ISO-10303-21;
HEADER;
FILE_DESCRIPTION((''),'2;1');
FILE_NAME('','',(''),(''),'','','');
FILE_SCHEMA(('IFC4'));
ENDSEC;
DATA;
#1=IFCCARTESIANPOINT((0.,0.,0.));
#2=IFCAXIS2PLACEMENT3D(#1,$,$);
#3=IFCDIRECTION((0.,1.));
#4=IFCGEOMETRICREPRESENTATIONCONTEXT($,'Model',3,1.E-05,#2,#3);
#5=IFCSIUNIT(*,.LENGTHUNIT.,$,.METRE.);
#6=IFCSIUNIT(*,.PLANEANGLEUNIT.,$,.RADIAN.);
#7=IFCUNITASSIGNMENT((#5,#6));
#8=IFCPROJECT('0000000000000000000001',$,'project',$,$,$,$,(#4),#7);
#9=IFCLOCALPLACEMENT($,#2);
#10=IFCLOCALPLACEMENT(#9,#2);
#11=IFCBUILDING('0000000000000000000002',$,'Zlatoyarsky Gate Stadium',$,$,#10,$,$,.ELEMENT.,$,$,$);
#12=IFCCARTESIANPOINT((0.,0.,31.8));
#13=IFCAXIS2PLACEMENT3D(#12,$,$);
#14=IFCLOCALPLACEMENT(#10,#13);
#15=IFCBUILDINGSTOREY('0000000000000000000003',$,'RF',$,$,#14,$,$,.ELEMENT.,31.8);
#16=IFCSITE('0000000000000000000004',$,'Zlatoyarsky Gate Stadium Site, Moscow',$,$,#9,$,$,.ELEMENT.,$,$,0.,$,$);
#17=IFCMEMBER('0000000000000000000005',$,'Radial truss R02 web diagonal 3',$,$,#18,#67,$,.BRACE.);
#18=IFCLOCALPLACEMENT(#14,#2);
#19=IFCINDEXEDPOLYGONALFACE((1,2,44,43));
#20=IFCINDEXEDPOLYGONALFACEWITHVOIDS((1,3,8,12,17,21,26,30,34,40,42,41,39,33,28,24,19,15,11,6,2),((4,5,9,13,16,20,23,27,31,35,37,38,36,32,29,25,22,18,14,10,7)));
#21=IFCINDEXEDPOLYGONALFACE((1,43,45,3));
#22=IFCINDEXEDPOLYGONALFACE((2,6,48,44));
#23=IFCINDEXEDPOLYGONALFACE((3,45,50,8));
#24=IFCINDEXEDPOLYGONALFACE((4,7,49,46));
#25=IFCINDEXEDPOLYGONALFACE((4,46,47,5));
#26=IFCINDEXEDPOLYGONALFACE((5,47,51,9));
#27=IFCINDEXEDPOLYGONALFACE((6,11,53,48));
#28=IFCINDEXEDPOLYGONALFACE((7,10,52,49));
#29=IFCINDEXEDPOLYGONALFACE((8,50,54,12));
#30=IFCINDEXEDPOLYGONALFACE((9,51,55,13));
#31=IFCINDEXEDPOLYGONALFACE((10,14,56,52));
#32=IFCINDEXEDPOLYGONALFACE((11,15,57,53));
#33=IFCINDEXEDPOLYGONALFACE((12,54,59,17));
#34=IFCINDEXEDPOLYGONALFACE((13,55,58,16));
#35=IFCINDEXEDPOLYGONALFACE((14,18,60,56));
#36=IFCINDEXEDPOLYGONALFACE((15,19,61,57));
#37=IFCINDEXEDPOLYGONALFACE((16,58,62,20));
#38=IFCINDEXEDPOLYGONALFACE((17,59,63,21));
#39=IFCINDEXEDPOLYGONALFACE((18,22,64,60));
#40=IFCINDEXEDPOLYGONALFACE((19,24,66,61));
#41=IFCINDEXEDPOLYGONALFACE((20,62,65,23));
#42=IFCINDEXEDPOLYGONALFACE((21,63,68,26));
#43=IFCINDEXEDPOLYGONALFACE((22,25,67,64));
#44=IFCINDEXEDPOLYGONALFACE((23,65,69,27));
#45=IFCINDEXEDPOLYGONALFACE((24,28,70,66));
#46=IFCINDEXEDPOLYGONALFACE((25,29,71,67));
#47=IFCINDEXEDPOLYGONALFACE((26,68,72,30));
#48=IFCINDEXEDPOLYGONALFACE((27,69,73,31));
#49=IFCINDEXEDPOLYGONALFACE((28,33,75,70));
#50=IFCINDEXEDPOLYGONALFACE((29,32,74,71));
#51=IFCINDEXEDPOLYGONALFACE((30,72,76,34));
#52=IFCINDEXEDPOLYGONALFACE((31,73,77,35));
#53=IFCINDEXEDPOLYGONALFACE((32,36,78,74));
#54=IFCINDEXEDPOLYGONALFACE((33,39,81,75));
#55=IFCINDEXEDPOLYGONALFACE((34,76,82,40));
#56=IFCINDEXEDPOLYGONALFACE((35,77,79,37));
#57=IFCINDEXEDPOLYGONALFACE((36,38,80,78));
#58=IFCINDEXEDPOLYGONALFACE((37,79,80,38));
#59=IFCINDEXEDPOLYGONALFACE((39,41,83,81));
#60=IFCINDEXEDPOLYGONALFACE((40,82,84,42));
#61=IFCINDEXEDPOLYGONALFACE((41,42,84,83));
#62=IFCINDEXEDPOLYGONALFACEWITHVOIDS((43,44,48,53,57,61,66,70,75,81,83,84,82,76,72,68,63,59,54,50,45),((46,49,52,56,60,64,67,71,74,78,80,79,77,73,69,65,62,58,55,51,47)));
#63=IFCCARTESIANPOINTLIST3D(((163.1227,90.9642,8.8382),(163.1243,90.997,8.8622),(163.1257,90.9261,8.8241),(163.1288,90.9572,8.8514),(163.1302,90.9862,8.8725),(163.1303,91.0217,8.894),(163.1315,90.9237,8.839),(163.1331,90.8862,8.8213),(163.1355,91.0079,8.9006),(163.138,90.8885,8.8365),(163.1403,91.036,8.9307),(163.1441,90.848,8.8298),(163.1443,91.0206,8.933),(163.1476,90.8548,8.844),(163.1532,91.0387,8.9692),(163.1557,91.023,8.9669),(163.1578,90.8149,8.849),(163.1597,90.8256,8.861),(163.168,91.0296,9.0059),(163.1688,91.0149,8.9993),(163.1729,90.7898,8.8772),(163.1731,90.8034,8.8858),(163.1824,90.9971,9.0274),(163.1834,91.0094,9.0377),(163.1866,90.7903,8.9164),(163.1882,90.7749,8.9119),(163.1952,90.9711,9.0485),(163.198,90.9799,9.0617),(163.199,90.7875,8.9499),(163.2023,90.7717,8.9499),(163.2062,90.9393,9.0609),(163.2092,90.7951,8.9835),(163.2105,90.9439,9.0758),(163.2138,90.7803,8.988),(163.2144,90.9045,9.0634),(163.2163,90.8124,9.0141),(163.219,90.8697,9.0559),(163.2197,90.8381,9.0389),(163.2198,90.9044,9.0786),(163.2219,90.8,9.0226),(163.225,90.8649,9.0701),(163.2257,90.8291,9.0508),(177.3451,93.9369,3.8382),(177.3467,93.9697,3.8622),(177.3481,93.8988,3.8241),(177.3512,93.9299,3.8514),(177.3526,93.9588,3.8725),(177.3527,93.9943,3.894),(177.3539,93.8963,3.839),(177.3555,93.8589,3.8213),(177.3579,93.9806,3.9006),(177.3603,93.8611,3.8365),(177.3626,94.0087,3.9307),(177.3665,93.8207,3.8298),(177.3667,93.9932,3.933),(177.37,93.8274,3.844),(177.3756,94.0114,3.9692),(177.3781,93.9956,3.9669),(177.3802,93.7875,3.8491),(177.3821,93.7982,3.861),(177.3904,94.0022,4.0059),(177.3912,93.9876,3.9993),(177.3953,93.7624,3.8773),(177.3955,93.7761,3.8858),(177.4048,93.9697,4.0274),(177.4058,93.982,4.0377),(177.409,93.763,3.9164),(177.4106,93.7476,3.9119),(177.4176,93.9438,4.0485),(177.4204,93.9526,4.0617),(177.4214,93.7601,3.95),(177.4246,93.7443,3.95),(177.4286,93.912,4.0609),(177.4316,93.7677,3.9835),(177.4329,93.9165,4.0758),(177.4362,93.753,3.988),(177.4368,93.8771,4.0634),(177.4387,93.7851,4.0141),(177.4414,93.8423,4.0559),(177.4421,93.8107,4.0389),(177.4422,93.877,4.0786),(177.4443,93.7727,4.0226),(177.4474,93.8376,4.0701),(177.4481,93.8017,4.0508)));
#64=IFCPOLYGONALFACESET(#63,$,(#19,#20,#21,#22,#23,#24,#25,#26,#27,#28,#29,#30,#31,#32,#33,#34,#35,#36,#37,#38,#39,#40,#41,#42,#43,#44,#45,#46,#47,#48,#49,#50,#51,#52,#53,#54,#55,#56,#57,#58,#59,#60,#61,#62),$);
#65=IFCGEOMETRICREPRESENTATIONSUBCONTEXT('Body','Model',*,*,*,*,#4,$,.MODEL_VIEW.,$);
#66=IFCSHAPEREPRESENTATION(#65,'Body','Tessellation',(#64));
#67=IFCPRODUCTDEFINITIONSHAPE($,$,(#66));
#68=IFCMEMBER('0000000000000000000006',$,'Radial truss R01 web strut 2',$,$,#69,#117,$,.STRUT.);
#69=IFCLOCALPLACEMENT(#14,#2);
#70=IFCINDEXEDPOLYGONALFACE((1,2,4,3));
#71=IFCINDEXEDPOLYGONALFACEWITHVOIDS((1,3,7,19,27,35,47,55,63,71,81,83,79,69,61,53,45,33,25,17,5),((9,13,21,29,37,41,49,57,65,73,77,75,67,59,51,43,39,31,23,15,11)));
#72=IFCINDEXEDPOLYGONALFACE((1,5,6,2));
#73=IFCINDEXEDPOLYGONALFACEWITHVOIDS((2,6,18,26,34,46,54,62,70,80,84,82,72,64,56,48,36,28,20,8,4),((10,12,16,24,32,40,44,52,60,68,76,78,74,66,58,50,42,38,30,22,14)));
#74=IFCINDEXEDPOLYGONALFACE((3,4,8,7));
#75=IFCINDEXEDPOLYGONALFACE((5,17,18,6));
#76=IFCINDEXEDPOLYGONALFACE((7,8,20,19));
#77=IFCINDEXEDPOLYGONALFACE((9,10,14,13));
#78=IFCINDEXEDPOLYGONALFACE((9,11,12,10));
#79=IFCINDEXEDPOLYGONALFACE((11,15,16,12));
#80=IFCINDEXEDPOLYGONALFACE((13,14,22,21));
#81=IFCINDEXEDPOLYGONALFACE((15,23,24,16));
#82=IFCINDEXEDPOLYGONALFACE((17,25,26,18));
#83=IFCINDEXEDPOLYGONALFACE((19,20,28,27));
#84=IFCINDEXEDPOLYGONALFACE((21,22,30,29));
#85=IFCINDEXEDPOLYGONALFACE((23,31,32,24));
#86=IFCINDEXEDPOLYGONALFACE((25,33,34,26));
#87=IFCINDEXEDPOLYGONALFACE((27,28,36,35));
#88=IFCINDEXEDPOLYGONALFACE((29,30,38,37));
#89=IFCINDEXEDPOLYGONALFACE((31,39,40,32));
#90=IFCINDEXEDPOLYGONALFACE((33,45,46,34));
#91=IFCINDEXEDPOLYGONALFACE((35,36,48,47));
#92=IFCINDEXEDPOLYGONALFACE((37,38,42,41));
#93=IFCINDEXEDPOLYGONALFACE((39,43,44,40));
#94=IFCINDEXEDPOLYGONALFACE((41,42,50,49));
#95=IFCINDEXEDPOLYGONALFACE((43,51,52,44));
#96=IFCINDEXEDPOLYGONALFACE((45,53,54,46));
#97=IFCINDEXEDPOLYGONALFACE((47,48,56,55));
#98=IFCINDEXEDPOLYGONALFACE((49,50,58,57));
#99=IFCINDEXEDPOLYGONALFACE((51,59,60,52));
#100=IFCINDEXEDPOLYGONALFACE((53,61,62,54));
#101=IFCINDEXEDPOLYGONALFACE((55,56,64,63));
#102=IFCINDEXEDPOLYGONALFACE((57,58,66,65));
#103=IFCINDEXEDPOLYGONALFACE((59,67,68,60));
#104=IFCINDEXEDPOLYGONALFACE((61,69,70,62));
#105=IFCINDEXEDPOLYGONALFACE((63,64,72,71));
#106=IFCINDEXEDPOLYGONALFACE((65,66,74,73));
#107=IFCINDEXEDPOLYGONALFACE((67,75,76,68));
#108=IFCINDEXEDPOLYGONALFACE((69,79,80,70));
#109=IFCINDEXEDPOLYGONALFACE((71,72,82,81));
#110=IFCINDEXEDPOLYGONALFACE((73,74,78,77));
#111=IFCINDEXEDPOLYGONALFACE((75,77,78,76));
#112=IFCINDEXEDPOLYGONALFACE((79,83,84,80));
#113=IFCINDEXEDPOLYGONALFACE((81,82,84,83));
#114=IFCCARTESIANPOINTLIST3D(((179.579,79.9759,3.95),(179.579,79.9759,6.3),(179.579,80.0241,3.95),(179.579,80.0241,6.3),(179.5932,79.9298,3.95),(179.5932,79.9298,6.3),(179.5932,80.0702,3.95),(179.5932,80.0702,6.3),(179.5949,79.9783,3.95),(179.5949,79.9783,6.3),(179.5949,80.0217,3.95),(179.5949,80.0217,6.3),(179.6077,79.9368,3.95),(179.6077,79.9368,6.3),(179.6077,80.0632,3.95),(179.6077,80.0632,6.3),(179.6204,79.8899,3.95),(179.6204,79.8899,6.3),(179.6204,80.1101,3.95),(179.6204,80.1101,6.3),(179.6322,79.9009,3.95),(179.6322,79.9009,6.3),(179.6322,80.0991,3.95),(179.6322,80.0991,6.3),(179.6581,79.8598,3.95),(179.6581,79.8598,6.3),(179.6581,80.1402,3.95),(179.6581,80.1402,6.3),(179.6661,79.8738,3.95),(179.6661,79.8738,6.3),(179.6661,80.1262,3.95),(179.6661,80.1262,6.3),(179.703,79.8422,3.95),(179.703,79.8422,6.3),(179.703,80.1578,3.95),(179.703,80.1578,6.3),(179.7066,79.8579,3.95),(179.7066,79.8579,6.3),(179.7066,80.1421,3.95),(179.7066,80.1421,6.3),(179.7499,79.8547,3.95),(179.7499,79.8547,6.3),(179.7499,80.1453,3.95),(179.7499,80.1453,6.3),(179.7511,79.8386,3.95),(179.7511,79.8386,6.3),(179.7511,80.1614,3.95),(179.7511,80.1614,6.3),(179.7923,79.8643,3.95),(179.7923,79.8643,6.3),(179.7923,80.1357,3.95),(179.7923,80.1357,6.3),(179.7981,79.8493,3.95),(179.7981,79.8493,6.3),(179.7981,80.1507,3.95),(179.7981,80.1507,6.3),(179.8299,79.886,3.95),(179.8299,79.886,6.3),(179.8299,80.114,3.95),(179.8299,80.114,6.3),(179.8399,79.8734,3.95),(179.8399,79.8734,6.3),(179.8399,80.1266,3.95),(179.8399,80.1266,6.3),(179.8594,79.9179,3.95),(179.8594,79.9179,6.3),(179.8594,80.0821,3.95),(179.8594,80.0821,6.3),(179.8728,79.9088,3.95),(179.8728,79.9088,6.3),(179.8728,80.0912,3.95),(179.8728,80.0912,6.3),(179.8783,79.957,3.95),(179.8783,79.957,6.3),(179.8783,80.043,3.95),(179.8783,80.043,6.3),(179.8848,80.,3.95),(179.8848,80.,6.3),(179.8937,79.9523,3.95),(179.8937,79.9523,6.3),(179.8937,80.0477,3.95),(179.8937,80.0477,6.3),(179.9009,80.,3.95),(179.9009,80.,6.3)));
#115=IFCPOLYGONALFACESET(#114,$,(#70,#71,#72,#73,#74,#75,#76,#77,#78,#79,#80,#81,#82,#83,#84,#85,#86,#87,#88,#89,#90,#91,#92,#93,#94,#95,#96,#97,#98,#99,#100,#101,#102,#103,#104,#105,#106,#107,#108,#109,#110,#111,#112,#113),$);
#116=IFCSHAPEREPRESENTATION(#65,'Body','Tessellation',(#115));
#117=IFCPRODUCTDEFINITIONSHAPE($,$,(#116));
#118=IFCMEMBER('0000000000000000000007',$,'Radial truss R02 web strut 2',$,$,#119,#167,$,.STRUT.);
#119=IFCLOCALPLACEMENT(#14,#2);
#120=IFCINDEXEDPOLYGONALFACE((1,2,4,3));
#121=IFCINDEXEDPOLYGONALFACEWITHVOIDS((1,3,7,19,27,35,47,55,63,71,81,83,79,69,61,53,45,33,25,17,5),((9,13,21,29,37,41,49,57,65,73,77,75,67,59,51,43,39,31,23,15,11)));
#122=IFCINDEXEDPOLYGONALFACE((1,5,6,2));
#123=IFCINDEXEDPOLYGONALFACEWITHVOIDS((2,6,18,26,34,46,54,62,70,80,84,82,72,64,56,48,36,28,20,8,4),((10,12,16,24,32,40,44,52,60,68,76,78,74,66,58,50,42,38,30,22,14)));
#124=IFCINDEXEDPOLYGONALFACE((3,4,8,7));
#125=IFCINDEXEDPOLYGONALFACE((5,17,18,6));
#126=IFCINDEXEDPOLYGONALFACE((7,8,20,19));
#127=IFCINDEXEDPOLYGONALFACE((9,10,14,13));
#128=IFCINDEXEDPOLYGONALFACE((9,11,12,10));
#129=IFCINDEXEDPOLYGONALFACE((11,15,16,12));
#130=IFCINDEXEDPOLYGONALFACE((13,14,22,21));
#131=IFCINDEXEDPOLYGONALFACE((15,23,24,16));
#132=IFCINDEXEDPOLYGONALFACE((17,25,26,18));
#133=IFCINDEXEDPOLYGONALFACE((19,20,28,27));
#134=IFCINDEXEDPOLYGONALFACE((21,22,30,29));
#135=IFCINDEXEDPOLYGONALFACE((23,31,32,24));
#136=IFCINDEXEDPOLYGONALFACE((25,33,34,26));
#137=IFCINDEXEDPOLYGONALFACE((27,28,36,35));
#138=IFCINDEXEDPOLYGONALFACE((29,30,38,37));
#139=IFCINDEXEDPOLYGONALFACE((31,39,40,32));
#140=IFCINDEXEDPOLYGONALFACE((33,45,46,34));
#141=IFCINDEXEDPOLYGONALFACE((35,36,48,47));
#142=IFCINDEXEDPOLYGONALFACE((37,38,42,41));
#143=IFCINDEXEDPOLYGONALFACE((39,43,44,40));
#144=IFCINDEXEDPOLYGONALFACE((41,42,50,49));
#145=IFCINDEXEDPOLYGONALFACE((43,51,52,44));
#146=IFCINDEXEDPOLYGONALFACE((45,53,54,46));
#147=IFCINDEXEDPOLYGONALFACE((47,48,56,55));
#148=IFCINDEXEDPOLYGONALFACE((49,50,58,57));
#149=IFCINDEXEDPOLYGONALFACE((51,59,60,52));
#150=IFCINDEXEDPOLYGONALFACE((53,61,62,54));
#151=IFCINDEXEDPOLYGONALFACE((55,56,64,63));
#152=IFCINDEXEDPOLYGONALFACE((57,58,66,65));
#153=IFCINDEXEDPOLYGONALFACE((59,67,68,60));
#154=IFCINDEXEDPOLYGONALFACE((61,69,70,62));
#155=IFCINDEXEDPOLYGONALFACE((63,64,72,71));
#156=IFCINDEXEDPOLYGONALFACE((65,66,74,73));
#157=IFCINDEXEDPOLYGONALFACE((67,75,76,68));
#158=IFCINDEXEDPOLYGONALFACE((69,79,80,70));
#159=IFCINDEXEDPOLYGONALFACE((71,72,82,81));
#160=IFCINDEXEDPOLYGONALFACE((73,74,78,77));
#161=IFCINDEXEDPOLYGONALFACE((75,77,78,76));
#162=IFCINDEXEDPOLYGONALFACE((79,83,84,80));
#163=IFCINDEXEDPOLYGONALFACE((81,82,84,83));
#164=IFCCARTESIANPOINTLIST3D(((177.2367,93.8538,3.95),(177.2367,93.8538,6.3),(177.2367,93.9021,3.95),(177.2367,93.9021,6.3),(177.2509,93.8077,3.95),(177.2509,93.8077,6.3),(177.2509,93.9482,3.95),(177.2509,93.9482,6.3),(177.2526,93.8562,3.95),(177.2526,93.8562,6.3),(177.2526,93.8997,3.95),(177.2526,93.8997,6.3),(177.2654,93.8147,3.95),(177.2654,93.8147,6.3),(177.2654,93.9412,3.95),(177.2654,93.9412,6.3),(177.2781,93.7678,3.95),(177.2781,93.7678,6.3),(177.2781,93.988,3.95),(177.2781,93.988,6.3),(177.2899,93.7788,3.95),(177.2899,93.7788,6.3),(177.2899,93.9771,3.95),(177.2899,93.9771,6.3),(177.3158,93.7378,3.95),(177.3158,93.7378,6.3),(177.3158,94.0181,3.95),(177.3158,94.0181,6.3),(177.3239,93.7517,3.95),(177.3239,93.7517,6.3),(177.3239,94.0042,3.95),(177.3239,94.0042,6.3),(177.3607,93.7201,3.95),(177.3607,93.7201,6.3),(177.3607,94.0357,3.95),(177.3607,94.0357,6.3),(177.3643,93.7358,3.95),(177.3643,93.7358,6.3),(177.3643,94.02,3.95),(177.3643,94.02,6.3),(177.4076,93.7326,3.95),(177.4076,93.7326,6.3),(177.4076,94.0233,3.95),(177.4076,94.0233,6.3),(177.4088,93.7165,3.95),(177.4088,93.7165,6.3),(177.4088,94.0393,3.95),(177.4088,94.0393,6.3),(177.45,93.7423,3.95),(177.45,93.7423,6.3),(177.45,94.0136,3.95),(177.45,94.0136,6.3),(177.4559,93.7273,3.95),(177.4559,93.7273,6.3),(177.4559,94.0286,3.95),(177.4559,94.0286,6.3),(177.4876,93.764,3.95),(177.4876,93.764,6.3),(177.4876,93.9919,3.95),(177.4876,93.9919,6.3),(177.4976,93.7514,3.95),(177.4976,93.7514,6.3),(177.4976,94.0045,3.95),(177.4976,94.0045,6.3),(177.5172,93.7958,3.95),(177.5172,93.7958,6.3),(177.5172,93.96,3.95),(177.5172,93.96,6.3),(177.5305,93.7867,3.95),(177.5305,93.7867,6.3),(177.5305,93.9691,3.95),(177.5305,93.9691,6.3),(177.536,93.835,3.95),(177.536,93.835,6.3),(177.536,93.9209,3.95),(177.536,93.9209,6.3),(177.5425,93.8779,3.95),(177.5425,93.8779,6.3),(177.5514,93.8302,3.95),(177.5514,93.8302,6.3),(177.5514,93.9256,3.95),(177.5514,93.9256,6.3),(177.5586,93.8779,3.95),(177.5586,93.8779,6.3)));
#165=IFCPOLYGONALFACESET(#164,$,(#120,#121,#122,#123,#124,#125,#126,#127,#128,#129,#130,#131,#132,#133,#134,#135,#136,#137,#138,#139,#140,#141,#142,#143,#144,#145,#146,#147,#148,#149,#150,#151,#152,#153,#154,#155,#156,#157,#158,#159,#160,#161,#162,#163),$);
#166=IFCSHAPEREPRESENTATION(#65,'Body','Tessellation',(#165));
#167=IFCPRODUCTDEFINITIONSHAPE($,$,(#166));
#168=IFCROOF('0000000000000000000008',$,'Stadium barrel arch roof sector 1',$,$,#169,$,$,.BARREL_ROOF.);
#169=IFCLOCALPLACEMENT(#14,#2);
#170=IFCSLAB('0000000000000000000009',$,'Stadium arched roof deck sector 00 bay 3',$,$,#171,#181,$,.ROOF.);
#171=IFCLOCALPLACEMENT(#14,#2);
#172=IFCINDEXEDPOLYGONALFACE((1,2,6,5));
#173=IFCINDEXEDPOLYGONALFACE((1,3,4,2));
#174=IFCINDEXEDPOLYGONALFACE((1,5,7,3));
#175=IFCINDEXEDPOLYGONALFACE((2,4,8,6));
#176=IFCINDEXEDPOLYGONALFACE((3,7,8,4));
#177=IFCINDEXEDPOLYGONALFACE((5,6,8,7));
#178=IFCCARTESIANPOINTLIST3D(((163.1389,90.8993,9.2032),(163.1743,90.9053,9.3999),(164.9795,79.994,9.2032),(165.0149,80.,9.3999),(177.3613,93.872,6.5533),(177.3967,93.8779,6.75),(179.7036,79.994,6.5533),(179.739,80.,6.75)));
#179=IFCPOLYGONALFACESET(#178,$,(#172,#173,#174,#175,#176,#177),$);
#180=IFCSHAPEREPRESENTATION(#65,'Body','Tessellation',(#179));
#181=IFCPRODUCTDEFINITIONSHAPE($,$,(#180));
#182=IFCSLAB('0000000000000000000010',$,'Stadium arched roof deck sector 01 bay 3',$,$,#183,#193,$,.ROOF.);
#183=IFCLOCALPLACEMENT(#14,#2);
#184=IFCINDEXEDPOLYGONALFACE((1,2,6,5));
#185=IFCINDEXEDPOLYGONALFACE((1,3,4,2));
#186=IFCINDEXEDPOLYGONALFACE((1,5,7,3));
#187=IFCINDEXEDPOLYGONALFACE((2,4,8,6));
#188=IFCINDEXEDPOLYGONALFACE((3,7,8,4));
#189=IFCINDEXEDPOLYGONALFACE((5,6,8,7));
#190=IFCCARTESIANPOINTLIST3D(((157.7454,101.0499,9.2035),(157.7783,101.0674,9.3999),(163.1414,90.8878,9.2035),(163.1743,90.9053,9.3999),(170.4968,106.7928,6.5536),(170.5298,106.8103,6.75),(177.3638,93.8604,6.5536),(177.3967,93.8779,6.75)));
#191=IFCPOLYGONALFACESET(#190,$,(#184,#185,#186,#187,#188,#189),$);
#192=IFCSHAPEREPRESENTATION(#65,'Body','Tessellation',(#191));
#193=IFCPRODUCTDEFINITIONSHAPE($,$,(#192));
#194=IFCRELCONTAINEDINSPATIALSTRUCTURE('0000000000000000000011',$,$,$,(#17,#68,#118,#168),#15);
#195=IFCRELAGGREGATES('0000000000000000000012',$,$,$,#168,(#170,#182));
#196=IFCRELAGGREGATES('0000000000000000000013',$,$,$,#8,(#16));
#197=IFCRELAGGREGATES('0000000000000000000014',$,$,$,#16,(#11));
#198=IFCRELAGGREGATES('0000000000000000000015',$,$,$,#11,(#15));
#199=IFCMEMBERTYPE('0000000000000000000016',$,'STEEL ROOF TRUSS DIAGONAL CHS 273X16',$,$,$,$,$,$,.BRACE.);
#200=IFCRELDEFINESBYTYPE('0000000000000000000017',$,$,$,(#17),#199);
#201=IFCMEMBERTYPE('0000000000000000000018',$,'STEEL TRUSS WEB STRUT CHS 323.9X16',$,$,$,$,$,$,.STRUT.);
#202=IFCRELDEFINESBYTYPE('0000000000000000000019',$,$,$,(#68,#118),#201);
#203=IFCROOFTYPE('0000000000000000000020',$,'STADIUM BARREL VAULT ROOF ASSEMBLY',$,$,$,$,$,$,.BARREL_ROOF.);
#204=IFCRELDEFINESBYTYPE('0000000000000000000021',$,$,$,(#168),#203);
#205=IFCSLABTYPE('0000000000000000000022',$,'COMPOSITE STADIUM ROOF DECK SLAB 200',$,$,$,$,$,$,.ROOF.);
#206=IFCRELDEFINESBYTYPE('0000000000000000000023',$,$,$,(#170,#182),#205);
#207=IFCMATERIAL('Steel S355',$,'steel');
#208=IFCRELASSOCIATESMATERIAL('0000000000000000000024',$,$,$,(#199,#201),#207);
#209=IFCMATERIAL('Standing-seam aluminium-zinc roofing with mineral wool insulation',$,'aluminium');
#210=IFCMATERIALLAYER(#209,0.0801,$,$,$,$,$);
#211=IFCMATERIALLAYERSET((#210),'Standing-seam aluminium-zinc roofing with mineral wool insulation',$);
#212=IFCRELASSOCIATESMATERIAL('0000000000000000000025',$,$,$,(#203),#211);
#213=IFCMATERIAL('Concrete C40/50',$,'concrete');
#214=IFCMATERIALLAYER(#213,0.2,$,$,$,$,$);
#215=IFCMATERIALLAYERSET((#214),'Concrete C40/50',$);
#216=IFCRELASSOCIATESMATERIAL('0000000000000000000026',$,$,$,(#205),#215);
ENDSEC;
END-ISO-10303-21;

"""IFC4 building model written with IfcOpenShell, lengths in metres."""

from ifc_helpers import new_model, si_unit, direction, frame, origin, origin_2d, place, context, subcontext, project, spatial, polyline, hollow_circle, outline, extrude, material, layer, layer_set, material_profile, profile_set, type_object, element, aggregate, save


model = new_model("IFC4")

# Units and contexts
model_context = context("Model", 3, precision=1e-05, world=origin(), true_north=direction((0.0, 1.0)))
body_context = subcontext(model_context, "Body", "Model", "MODEL_VIEW")
ifc_project = project(units=[si_unit("LENGTHUNIT", "METRE"), si_unit("PLANEANGLEUNIT", "RADIAN")], contexts=[model_context])

# Site, building, storey
site_placement = place(None, origin())
site = spatial("IfcSite", under=ifc_project, at=site_placement, Name="Zlatoyarsky Gate Stadium Site, Moscow", CompositionType="ELEMENT", RefElevation=0.0)
building_placement = place(site_placement, origin())
building = spatial("IfcBuilding", under=site, at=building_placement, Name="Zlatoyarsky Gate Stadium", CompositionType="ELEMENT")
storey_placement = place(building_placement, frame((0.0, 0.0, 31.8)))
storey = spatial("IfcBuildingStorey", under=building, at=storey_placement, Name="RF", CompositionType="ELEMENT", Elevation=31.8)

# Shared definitions
ifc_material_1 = material(Name="Steel S355", Category="steel")

# Members
ifc_material_profile_1 = material_profile(ifc_material_1, hollow_circle(Radius=0.1365, WallThickness=0.0161, at=origin_2d()), Name="CHS 273X16")
ifc_profile_set_1 = profile_set([ifc_material_profile_1], Name="Steel S355")
member_type_1 = type_object("IfcMemberType", Name="STEEL ROOF TRUSS DIAGONAL CHS 273X16", PredefinedType="BRACE", material=ifc_profile_set_1)
member_1_placement = place(storey_placement, frame((177.3967, 93.8779, 3.95), z_axis=(-0.925577, -0.193457, 0.325394), x_axis=(0.204591, -0.978848, 0.0)))
element("IfcMember", 1, at=member_1_placement, inside=storey, type_object=member_type_1, Name="Radial truss R02 web diagonal 3", PredefinedType="BRACE", context=body_context, shape_type="SweptSolid", body=[
    extrude(hollow_circle(Radius=0.1365, WallThickness=0.0161, at=origin_2d()), origin(), (0.0, 0.0, 1.0), 15.366),
])
ifc_material_profile_2 = material_profile(ifc_material_1, hollow_circle(Radius=0.1619, WallThickness=0.0161, at=origin_2d()), Name="CHS 323.9X16")
ifc_profile_set_2 = profile_set([ifc_material_profile_2], Name="Steel S355")
member_type_2 = type_object("IfcMemberType", Name="STEEL TRUSS WEB STRUT CHS 323.9X16", PredefinedType="STRUT", material=ifc_profile_set_2)
for number, where, z_axis, x_axis, name in (
    (2, (179.739, 80.0, 3.95), (0.0, 0.0, 1.0), (1.0, 0.0, 0.0), "Radial truss R01 web strut 2"),
    (3, (177.3967, 93.8779, 3.95), (0.0, 0.0, 1.0), (1.0, 0.0, 0.0), "Radial truss R02 web strut 2"),
):
    element("IfcMember", number, at=place(storey_placement, frame(where, z_axis=z_axis, x_axis=x_axis)), inside=storey, type_object=member_type_2, Name=name, PredefinedType="STRUT", context=body_context, shape_type="SweptSolid", body=[
        extrude(hollow_circle(Radius=0.1619, WallThickness=0.0161, at=origin_2d()), origin(), (0.0, 0.0, 1.0), 2.3501),
    ])

# Roof, slabs
ifc_material_2 = material(Name="Standing-seam aluminium-zinc roofing with mineral wool insulation", Category="aluminium")
ifc_layer_1 = layer(ifc_material_2, 0.0801)
ifc_layer_set_1 = layer_set([ifc_layer_1], Name="Standing-seam aluminium-zinc roofing with mineral wool insulation")
roof_type = type_object("IfcRoofType", Name="STADIUM BARREL VAULT ROOF ASSEMBLY", PredefinedType="BARREL_ROOF", material=ifc_layer_set_1)
roof_placement = place(storey_placement, origin())
roof = element("IfcRoof", 4, at=roof_placement, inside=storey, type_object=roof_type, Name="Stadium barrel arch roof sector 1", PredefinedType="BARREL_ROOF")
ifc_material_3 = material(Name="Concrete C40/50", Category="concrete")
ifc_layer_2 = layer(ifc_material_3, 0.2)
ifc_layer_set_2 = layer_set([ifc_layer_2], Name="Concrete C40/50")
slab_type = type_object("IfcSlabType", Name="COMPOSITE STADIUM ROOF DECK SLAB 200", PredefinedType="ROOF", material=ifc_layer_set_2)
slab_1_placement = place(storey_placement, frame((179.739, 80.0, 6.75), z_axis=(0.177045, 0.029881, 0.983749), x_axis=(-0.166424, 0.986054, 0.0)))
slab_1 = element("IfcSlab", 5, at=slab_1_placement, type_object=slab_type, Name="Stadium arched roof deck sector 00 bay 3", PredefinedType="ROOF", context=body_context, shape_type="SweptSolid", body=[
    extrude(outline(polyline([(0.0, 0.0), (14.0742, 0.0), (13.51, 14.7586), (2.4504, 14.7586), (0.0, 0.0)])), origin(), (0.0, 0.0, -1.0), 0.2),
])
slab_2_placement = place(storey_placement, frame((177.3967, 93.8779, 6.75), z_axis=(0.164762, 0.087487, 0.982446), x_axis=(-0.468975, 0.883211, 0.0)))
slab_2 = element("IfcSlab", 6, at=slab_2_placement, type_object=slab_type, Name="Stadium arched roof deck sector 01 bay 3", PredefinedType="ROOF", context=body_context, shape_type="SweptSolid", body=[
    extrude(outline(polyline([(0.0, 0.0), (14.6424, 0.0), (15.5504, 14.2049), (4.0445, 14.2049), (0.0, 0.0)])), origin(), (0.0, 0.0, -1.0), 0.2),
])

aggregate(roof, [slab_1, slab_2])

save(model, "model.ifc")
